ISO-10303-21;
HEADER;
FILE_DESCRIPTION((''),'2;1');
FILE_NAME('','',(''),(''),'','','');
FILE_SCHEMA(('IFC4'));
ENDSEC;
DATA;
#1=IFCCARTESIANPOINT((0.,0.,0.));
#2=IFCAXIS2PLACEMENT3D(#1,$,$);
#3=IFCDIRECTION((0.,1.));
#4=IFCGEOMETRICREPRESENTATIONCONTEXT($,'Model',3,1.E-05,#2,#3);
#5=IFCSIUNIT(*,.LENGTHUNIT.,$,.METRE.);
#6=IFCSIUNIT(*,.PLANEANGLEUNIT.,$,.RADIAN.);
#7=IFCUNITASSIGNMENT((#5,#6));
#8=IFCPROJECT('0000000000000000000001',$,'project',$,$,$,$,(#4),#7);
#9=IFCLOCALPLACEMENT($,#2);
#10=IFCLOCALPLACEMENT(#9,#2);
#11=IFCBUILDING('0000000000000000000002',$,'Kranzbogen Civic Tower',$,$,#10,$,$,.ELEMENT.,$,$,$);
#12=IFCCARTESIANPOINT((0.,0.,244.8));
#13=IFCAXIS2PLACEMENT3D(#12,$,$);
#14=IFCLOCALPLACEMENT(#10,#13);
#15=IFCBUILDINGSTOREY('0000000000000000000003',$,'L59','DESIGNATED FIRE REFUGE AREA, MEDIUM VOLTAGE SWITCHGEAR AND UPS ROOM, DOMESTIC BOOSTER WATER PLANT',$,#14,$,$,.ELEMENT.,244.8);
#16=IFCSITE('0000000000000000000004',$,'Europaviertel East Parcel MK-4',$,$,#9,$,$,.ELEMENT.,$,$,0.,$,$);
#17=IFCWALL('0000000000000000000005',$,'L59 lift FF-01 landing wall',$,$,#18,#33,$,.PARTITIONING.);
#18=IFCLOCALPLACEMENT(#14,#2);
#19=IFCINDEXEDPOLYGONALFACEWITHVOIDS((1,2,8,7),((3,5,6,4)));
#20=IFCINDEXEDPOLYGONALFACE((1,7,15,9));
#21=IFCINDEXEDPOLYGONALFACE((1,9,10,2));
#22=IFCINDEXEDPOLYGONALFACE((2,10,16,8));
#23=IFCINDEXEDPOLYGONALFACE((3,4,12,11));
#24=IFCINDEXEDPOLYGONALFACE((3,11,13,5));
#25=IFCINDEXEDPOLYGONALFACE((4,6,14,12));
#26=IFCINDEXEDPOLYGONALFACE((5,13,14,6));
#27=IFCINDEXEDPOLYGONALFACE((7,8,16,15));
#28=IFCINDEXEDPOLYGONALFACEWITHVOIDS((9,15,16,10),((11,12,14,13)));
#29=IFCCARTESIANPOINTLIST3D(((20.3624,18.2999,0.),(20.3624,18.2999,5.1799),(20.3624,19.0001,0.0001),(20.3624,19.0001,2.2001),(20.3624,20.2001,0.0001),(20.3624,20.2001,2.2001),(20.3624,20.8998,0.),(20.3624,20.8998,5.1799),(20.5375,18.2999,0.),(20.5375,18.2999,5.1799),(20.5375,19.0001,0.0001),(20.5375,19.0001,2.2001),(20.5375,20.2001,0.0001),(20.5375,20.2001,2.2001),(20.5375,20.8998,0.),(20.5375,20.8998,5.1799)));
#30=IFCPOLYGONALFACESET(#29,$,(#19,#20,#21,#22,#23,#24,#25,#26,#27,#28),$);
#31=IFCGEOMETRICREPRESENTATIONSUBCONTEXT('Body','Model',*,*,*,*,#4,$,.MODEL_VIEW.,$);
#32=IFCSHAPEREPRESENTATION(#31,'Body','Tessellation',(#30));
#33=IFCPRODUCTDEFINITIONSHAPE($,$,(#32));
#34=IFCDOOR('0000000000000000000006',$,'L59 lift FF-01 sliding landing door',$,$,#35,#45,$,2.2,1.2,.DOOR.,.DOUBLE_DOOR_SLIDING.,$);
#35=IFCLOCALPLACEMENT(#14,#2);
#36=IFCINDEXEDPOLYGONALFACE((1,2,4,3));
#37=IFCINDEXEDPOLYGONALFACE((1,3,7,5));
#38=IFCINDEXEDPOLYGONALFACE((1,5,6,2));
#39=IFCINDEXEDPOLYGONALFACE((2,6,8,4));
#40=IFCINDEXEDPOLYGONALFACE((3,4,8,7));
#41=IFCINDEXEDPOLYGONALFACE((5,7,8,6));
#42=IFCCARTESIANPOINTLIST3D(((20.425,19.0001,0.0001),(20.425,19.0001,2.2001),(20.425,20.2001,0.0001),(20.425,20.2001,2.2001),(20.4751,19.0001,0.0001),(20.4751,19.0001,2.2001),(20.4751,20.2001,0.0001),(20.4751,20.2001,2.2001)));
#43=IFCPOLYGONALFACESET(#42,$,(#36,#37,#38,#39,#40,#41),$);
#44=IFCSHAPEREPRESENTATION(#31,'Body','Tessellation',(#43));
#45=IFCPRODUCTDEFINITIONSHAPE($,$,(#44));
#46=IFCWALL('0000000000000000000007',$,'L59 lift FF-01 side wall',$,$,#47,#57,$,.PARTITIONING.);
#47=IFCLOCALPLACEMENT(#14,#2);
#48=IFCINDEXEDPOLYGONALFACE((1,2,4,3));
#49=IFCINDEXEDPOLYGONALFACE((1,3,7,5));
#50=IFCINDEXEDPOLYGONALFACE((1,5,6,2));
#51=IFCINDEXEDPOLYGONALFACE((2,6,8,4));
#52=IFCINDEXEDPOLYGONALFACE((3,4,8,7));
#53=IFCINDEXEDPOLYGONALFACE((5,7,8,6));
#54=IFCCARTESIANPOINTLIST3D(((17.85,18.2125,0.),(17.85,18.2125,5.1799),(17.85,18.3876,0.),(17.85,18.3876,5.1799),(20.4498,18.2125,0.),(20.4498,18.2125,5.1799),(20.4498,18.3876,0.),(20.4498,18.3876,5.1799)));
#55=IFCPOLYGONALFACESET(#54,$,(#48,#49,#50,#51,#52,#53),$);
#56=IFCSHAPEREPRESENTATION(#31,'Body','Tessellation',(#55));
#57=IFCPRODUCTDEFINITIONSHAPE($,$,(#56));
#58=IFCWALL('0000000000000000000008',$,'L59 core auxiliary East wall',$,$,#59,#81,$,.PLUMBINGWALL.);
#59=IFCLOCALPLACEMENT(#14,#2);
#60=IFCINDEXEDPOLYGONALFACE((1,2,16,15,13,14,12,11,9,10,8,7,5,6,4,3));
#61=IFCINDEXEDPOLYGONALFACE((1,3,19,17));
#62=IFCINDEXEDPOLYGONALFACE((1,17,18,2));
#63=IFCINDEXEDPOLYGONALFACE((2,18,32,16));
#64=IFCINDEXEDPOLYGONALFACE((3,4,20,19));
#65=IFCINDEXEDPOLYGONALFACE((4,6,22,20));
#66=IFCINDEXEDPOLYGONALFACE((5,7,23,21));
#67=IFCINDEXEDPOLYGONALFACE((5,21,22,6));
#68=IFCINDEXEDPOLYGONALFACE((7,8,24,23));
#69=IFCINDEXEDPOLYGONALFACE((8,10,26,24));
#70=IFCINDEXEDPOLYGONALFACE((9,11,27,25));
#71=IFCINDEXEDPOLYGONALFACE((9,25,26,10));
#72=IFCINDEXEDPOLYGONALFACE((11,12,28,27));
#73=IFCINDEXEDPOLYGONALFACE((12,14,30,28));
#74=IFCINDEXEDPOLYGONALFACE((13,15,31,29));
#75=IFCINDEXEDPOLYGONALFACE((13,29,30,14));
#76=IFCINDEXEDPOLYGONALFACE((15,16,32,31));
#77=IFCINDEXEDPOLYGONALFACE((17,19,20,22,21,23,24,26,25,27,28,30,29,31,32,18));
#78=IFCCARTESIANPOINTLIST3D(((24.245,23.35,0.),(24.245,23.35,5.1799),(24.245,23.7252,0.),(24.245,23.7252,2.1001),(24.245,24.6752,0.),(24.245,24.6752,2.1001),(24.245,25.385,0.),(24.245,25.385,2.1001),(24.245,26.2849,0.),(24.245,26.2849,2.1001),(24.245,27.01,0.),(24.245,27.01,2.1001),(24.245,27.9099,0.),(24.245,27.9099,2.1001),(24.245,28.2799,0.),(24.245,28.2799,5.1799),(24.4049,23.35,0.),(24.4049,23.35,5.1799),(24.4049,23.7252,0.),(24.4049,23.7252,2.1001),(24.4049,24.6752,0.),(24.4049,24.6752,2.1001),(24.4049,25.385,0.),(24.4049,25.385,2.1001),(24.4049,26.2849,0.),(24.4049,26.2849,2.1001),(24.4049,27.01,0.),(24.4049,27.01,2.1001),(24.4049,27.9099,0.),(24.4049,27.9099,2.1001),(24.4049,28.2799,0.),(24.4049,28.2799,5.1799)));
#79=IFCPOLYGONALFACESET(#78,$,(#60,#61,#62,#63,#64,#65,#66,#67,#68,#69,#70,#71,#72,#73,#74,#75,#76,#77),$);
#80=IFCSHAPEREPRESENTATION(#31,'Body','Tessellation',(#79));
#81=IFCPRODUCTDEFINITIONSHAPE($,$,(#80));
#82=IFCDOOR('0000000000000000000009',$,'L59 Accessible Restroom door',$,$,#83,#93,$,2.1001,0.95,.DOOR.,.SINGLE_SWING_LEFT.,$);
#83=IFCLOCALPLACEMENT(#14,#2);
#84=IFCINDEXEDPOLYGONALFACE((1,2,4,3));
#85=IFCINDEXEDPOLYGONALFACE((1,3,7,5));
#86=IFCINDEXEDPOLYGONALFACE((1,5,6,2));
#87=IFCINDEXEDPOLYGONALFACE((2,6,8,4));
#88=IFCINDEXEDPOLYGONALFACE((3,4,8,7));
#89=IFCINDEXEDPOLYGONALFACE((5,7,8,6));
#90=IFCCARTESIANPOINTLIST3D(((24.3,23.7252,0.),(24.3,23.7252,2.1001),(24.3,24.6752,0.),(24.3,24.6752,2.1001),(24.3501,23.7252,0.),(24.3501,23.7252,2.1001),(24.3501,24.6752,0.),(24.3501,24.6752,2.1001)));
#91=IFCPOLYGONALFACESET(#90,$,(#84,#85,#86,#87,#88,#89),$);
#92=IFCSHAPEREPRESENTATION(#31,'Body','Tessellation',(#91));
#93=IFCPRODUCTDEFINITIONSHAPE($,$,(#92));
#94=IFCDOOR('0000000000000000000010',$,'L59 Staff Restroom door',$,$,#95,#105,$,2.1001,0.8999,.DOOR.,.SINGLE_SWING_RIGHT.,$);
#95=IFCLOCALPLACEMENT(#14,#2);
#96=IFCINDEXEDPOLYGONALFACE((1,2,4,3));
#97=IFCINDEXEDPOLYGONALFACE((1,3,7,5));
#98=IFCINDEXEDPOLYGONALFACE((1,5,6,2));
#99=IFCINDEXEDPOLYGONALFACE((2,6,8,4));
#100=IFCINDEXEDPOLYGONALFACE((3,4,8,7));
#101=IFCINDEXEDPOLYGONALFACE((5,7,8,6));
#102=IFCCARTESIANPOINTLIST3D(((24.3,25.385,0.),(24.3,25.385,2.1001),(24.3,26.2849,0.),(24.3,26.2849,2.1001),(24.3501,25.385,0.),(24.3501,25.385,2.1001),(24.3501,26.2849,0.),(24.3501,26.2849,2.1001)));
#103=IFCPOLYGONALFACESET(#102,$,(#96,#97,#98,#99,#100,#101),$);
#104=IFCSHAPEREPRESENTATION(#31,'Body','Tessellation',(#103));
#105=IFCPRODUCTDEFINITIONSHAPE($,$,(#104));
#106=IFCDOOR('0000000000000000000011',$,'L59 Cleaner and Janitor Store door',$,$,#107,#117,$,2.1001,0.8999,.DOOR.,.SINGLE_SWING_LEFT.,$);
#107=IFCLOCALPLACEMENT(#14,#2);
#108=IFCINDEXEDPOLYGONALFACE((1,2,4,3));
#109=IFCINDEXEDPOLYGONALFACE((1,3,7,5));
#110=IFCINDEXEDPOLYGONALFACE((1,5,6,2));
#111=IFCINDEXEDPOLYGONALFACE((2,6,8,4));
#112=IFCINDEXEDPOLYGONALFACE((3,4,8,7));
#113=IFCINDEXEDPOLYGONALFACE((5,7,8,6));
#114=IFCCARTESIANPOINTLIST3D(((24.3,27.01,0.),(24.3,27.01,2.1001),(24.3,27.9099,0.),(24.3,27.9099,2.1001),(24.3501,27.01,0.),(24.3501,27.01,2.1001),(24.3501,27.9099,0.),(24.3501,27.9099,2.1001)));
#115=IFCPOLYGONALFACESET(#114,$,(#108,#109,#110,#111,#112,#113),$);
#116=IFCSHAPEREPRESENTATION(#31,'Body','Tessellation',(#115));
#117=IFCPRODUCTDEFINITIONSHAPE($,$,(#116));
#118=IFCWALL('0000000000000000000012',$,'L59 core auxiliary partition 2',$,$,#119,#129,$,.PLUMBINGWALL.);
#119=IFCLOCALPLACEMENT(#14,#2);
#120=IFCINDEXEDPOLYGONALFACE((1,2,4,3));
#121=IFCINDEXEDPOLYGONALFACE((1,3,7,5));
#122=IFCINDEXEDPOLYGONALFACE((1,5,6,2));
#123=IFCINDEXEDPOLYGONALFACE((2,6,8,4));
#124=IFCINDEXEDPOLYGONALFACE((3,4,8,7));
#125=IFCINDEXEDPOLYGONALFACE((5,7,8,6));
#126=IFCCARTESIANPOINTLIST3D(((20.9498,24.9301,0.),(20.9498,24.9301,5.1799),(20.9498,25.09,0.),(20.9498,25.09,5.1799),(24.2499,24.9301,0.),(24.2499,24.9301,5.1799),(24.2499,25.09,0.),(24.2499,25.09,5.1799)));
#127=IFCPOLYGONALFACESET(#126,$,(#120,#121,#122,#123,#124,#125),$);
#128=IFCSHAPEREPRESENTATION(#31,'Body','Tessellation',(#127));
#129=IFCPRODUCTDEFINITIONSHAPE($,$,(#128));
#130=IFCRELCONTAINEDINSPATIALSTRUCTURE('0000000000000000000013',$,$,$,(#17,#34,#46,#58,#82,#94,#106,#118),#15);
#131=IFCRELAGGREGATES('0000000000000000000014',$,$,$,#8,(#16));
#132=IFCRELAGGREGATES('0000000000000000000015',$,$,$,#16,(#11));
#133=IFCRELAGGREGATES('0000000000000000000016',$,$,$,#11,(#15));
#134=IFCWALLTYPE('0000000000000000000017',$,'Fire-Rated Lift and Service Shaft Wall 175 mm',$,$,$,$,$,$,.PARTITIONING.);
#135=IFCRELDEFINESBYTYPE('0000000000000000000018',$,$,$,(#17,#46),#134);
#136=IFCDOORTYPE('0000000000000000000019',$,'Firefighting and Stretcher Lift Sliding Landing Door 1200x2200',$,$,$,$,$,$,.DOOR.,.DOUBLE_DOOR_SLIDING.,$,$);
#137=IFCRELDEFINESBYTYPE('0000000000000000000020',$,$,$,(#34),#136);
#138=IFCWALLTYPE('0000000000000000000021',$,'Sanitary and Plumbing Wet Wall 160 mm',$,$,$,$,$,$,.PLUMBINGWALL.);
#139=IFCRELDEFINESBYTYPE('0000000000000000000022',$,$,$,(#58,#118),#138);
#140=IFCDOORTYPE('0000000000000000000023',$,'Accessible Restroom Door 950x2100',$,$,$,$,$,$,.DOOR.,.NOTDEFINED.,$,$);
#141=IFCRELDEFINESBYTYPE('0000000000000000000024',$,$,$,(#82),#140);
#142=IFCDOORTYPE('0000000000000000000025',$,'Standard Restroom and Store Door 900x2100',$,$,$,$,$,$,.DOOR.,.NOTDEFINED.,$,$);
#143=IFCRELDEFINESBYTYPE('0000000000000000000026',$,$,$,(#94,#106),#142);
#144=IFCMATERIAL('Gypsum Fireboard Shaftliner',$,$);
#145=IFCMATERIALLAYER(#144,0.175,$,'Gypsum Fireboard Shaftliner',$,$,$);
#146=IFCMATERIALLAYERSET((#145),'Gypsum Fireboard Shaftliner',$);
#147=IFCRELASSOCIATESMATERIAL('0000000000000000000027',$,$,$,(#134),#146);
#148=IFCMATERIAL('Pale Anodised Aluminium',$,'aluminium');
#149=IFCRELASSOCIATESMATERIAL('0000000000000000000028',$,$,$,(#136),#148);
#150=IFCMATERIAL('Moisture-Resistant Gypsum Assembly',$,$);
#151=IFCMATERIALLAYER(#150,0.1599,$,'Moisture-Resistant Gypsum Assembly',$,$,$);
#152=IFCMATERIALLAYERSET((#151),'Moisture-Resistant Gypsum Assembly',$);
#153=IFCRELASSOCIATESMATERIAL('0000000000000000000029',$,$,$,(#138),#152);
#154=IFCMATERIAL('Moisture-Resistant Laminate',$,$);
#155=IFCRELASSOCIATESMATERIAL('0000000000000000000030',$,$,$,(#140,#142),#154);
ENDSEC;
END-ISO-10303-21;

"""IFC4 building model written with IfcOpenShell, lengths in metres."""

from ifc_helpers import new_model, si_unit, direction, frame, frame_2d, origin, place, context, subcontext, project, spatial, rectangle, extrude, material, layer, layer_set, type_object, element, fill, save


model = new_model("IFC4")

# Units and contexts
model_context = context("Model", 3, precision=1e-05, world=origin(), true_north=direction((0.0, 1.0)))
body_context = subcontext(model_context, "Body", "Model", "MODEL_VIEW")
ifc_project = project(units=[si_unit("LENGTHUNIT", "METRE"), si_unit("PLANEANGLEUNIT", "RADIAN")], contexts=[model_context])

# Site, building, storey
site_placement = place(None, origin())
site = spatial("IfcSite", under=ifc_project, at=site_placement, Name="Europaviertel East Parcel MK-4", CompositionType="ELEMENT", RefElevation=0.0)
building_placement = place(site_placement, origin())
building = spatial("IfcBuilding", under=site, at=building_placement, Name="Kranzbogen Civic Tower", CompositionType="ELEMENT")
storey_placement = place(building_placement, frame((0.0, 0.0, 244.8)))
storey = spatial("IfcBuildingStorey", under=building, at=storey_placement, Name="L59", Description="DESIGNATED FIRE REFUGE AREA, MEDIUM VOLTAGE SWITCHGEAR AND UPS ROOM, DOMESTIC BOOSTER WATER PLANT", CompositionType="ELEMENT", Elevation=244.8)

# Wall, opening, door
ifc_material_1 = material(Name="Gypsum Fireboard Shaftliner")
ifc_layer_1 = layer(ifc_material_1, 0.175, Name="Gypsum Fireboard Shaftliner")
ifc_layer_set_1 = layer_set([ifc_layer_1], Name="Gypsum Fireboard Shaftliner")
wall_type_1 = type_object("IfcWallType", Name="Fire-Rated Lift and Service Shaft Wall 175 mm", PredefinedType="PARTITIONING", material=ifc_layer_set_1)
wall_1_placement = place(storey_placement, frame((20.45, 18.3, 0.0), z_axis=(0.0, 0.0, 1.0), x_axis=(0.0, 1.0, 0.0)))
wall_1 = element("IfcWall", 1, at=wall_1_placement, inside=storey, type_object=wall_type_1, Name="L59 lift FF-01 landing wall", PredefinedType="PARTITIONING", context=body_context, shape_type="SweptSolid", body=[
    extrude(rectangle(XDim=2.5999, YDim=0.175, at=frame_2d((1.2998, 0.0))), origin(), (0.0, 0.0, 1.0), 5.1799),
])
opening_1_placement = place(wall_1_placement, frame((0.7, 0.0, 0.0)))
opening_1 = element("IfcOpeningElement", 2, at=opening_1_placement, cuts=wall_1, PredefinedType="OPENING", context=body_context, shape_type="SweptSolid", body=[
    extrude(rectangle(XDim=1.2, YDim=2.2, at=frame_2d((0.6001, 1.1001))), frame((0.0, 0.0977, 0.0), z_axis=(0.0, -1.0, 0.0), x_axis=(1.0, 0.0, 0.0)), (0.0, 0.0, 1.0), 0.1951),
])
ifc_material_2 = material(Name="Pale Anodised Aluminium", Category="aluminium")
door_type_1 = type_object("IfcDoorType", Name="Firefighting and Stretcher Lift Sliding Landing Door 1200x2200", OperationType="DOUBLE_DOOR_SLIDING", PredefinedType="DOOR", material=ifc_material_2)
door_1_placement = place(opening_1_placement, origin())
door_1 = element("IfcDoor", 3, at=door_1_placement, inside=storey, type_object=door_type_1, Name="L59 lift FF-01 sliding landing door", OperationType="DOUBLE_DOOR_SLIDING", OverallHeight=2.2, OverallWidth=1.2, PredefinedType="DOOR", context=body_context, shape_type="SweptSolid", body=[
    extrude(rectangle(XDim=1.2, YDim=2.2, at=frame_2d((0.6001, 1.1001))), frame((0.0, 0.0249, 0.0), z_axis=(0.0, -1.0, 0.0), x_axis=(1.0, 0.0, 0.0)), (0.0, 0.0, 1.0), 0.05),
])
fill(opening_1, door_1)

# Wall
wall_2_placement = place(storey_placement, frame((17.8501, 18.3, 0.0), z_axis=(0.0, 0.0, 1.0), x_axis=(1.0, 0.0, 0.0)))
element("IfcWall", 4, at=wall_2_placement, inside=storey, type_object=wall_type_1, Name="L59 lift FF-01 side wall", PredefinedType="PARTITIONING", context=body_context, shape_type="SweptSolid", body=[
    extrude(rectangle(XDim=2.5999, YDim=0.175, at=frame_2d((1.2998, 0.0))), origin(), (0.0, 0.0, 1.0), 5.1799),
])

# Wall, openings, doors
ifc_material_3 = material(Name="Moisture-Resistant Gypsum Assembly")
ifc_layer_2 = layer(ifc_material_3, 0.1599, Name="Moisture-Resistant Gypsum Assembly")
ifc_layer_set_2 = layer_set([ifc_layer_2], Name="Moisture-Resistant Gypsum Assembly")
wall_type_2 = type_object("IfcWallType", Name="Sanitary and Plumbing Wet Wall 160 mm", PredefinedType="PLUMBINGWALL", material=ifc_layer_set_2)
wall_3_placement = place(storey_placement, frame((24.325, 23.3501, 0.0), z_axis=(0.0, 0.0, 1.0), x_axis=(0.0, 1.0, 0.0)))
wall_3 = element("IfcWall", 5, at=wall_3_placement, inside=storey, type_object=wall_type_2, Name="L59 core auxiliary East wall", PredefinedType="PLUMBINGWALL", context=body_context, shape_type="SweptSolid", body=[
    extrude(rectangle(XDim=4.9299, YDim=0.1599, at=frame_2d((2.4648, 0.0))), origin(), (0.0, 0.0, 1.0), 5.1799),
])
opening_2_placement = place(wall_3_placement, frame((0.375, 0.0, 0.0)))
opening_2 = element("IfcOpeningElement", 6, at=opening_2_placement, cuts=wall_3, PredefinedType="OPENING", context=body_context, shape_type="SweptSolid", body=[
    extrude(rectangle(XDim=0.95, YDim=2.1001, at=frame_2d((0.4751, 1.05))), frame((0.0, 0.0898, 0.0), z_axis=(0.0, -1.0, 0.0), x_axis=(1.0, 0.0, 0.0)), (0.0, 0.0, 1.0), 0.1799),
])
opening_3_placement = place(wall_3_placement, frame((2.0349, 0.0, 0.0)))
opening_3 = element("IfcOpeningElement", 7, at=opening_3_placement, cuts=wall_3, PredefinedType="OPENING", context=body_context, shape_type="SweptSolid", body=[
    extrude(rectangle(XDim=0.8999, YDim=2.1001, at=frame_2d((0.45, 1.05))), frame((0.0, 0.0898, 0.0), z_axis=(0.0, -1.0, 0.0), x_axis=(1.0, 0.0, 0.0)), (0.0, 0.0, 1.0), 0.1799),
])
opening_4_placement = place(wall_3_placement, frame((3.6599, 0.0, 0.0)))
opening_4 = element("IfcOpeningElement", 8, at=opening_4_placement, cuts=wall_3, PredefinedType="OPENING", context=body_context, shape_type="SweptSolid", body=[
    extrude(rectangle(XDim=0.8999, YDim=2.1001, at=frame_2d((0.45, 1.05))), frame((0.0, 0.0898, 0.0), z_axis=(0.0, -1.0, 0.0), x_axis=(1.0, 0.0, 0.0)), (0.0, 0.0, 1.0), 0.1799),
])
ifc_material_4 = material(Name="Moisture-Resistant Laminate")
door_type_2 = type_object("IfcDoorType", Name="Accessible Restroom Door 950x2100", OperationType="NOTDEFINED", PredefinedType="DOOR", material=ifc_material_4)
door_2_placement = place(opening_2_placement, origin())
door_2 = element("IfcDoor", 9, at=door_2_placement, inside=storey, type_object=door_type_2, Name="L59 Accessible Restroom door", OperationType="SINGLE_SWING_LEFT", OverallHeight=2.1001, OverallWidth=0.95, PredefinedType="DOOR", context=body_context, shape_type="SweptSolid", body=[
    extrude(rectangle(XDim=0.95, YDim=2.1001, at=frame_2d((0.4751, 1.05))), frame((0.0, 0.0249, 0.0), z_axis=(0.0, -1.0, 0.0), x_axis=(1.0, 0.0, 0.0)), (0.0, 0.0, 1.0), 0.05),
])
fill(opening_2, door_2)
door_type_3 = type_object("IfcDoorType", Name="Standard Restroom and Store Door 900x2100", OperationType="NOTDEFINED", PredefinedType="DOOR", material=ifc_material_4)
door_3_placement = place(opening_3_placement, origin())
door_3 = element("IfcDoor", 10, at=door_3_placement, inside=storey, type_object=door_type_3, Name="L59 Staff Restroom door", OperationType="SINGLE_SWING_RIGHT", OverallHeight=2.1001, OverallWidth=0.8999, PredefinedType="DOOR", context=body_context, shape_type="SweptSolid", body=[
    extrude(rectangle(XDim=0.8999, YDim=2.1001, at=frame_2d((0.45, 1.05))), frame((0.0, 0.0249, 0.0), z_axis=(0.0, -1.0, 0.0), x_axis=(1.0, 0.0, 0.0)), (0.0, 0.0, 1.0), 0.05),
])
fill(opening_3, door_3)
door_4_placement = place(opening_4_placement, origin())
door_4 = element("IfcDoor", 11, at=door_4_placement, inside=storey, type_object=door_type_3, Name="L59 Cleaner and Janitor Store door", OperationType="SINGLE_SWING_LEFT", OverallHeight=2.1001, OverallWidth=0.8999, PredefinedType="DOOR", context=body_context, shape_type="SweptSolid", body=[
    extrude(rectangle(XDim=0.8999, YDim=2.1001, at=frame_2d((0.45, 1.05))), frame((0.0, 0.0249, 0.0), z_axis=(0.0, -1.0, 0.0), x_axis=(1.0, 0.0, 0.0)), (0.0, 0.0, 1.0), 0.05),
])
fill(opening_4, door_4)

# Wall
wall_4_placement = place(storey_placement, frame((20.95, 25.01, 0.0), z_axis=(0.0, 0.0, 1.0), x_axis=(1.0, 0.0, 0.0)))
element("IfcWall", 12, at=wall_4_placement, inside=storey, type_object=wall_type_2, Name="L59 core auxiliary partition 2", PredefinedType="PLUMBINGWALL", context=body_context, shape_type="SweptSolid", body=[
    extrude(rectangle(XDim=3.3, YDim=0.1599, at=frame_2d((1.6499, 0.0))), origin(), (0.0, 0.0, 1.0), 5.1799),
])

save(model, "model.ifc")
